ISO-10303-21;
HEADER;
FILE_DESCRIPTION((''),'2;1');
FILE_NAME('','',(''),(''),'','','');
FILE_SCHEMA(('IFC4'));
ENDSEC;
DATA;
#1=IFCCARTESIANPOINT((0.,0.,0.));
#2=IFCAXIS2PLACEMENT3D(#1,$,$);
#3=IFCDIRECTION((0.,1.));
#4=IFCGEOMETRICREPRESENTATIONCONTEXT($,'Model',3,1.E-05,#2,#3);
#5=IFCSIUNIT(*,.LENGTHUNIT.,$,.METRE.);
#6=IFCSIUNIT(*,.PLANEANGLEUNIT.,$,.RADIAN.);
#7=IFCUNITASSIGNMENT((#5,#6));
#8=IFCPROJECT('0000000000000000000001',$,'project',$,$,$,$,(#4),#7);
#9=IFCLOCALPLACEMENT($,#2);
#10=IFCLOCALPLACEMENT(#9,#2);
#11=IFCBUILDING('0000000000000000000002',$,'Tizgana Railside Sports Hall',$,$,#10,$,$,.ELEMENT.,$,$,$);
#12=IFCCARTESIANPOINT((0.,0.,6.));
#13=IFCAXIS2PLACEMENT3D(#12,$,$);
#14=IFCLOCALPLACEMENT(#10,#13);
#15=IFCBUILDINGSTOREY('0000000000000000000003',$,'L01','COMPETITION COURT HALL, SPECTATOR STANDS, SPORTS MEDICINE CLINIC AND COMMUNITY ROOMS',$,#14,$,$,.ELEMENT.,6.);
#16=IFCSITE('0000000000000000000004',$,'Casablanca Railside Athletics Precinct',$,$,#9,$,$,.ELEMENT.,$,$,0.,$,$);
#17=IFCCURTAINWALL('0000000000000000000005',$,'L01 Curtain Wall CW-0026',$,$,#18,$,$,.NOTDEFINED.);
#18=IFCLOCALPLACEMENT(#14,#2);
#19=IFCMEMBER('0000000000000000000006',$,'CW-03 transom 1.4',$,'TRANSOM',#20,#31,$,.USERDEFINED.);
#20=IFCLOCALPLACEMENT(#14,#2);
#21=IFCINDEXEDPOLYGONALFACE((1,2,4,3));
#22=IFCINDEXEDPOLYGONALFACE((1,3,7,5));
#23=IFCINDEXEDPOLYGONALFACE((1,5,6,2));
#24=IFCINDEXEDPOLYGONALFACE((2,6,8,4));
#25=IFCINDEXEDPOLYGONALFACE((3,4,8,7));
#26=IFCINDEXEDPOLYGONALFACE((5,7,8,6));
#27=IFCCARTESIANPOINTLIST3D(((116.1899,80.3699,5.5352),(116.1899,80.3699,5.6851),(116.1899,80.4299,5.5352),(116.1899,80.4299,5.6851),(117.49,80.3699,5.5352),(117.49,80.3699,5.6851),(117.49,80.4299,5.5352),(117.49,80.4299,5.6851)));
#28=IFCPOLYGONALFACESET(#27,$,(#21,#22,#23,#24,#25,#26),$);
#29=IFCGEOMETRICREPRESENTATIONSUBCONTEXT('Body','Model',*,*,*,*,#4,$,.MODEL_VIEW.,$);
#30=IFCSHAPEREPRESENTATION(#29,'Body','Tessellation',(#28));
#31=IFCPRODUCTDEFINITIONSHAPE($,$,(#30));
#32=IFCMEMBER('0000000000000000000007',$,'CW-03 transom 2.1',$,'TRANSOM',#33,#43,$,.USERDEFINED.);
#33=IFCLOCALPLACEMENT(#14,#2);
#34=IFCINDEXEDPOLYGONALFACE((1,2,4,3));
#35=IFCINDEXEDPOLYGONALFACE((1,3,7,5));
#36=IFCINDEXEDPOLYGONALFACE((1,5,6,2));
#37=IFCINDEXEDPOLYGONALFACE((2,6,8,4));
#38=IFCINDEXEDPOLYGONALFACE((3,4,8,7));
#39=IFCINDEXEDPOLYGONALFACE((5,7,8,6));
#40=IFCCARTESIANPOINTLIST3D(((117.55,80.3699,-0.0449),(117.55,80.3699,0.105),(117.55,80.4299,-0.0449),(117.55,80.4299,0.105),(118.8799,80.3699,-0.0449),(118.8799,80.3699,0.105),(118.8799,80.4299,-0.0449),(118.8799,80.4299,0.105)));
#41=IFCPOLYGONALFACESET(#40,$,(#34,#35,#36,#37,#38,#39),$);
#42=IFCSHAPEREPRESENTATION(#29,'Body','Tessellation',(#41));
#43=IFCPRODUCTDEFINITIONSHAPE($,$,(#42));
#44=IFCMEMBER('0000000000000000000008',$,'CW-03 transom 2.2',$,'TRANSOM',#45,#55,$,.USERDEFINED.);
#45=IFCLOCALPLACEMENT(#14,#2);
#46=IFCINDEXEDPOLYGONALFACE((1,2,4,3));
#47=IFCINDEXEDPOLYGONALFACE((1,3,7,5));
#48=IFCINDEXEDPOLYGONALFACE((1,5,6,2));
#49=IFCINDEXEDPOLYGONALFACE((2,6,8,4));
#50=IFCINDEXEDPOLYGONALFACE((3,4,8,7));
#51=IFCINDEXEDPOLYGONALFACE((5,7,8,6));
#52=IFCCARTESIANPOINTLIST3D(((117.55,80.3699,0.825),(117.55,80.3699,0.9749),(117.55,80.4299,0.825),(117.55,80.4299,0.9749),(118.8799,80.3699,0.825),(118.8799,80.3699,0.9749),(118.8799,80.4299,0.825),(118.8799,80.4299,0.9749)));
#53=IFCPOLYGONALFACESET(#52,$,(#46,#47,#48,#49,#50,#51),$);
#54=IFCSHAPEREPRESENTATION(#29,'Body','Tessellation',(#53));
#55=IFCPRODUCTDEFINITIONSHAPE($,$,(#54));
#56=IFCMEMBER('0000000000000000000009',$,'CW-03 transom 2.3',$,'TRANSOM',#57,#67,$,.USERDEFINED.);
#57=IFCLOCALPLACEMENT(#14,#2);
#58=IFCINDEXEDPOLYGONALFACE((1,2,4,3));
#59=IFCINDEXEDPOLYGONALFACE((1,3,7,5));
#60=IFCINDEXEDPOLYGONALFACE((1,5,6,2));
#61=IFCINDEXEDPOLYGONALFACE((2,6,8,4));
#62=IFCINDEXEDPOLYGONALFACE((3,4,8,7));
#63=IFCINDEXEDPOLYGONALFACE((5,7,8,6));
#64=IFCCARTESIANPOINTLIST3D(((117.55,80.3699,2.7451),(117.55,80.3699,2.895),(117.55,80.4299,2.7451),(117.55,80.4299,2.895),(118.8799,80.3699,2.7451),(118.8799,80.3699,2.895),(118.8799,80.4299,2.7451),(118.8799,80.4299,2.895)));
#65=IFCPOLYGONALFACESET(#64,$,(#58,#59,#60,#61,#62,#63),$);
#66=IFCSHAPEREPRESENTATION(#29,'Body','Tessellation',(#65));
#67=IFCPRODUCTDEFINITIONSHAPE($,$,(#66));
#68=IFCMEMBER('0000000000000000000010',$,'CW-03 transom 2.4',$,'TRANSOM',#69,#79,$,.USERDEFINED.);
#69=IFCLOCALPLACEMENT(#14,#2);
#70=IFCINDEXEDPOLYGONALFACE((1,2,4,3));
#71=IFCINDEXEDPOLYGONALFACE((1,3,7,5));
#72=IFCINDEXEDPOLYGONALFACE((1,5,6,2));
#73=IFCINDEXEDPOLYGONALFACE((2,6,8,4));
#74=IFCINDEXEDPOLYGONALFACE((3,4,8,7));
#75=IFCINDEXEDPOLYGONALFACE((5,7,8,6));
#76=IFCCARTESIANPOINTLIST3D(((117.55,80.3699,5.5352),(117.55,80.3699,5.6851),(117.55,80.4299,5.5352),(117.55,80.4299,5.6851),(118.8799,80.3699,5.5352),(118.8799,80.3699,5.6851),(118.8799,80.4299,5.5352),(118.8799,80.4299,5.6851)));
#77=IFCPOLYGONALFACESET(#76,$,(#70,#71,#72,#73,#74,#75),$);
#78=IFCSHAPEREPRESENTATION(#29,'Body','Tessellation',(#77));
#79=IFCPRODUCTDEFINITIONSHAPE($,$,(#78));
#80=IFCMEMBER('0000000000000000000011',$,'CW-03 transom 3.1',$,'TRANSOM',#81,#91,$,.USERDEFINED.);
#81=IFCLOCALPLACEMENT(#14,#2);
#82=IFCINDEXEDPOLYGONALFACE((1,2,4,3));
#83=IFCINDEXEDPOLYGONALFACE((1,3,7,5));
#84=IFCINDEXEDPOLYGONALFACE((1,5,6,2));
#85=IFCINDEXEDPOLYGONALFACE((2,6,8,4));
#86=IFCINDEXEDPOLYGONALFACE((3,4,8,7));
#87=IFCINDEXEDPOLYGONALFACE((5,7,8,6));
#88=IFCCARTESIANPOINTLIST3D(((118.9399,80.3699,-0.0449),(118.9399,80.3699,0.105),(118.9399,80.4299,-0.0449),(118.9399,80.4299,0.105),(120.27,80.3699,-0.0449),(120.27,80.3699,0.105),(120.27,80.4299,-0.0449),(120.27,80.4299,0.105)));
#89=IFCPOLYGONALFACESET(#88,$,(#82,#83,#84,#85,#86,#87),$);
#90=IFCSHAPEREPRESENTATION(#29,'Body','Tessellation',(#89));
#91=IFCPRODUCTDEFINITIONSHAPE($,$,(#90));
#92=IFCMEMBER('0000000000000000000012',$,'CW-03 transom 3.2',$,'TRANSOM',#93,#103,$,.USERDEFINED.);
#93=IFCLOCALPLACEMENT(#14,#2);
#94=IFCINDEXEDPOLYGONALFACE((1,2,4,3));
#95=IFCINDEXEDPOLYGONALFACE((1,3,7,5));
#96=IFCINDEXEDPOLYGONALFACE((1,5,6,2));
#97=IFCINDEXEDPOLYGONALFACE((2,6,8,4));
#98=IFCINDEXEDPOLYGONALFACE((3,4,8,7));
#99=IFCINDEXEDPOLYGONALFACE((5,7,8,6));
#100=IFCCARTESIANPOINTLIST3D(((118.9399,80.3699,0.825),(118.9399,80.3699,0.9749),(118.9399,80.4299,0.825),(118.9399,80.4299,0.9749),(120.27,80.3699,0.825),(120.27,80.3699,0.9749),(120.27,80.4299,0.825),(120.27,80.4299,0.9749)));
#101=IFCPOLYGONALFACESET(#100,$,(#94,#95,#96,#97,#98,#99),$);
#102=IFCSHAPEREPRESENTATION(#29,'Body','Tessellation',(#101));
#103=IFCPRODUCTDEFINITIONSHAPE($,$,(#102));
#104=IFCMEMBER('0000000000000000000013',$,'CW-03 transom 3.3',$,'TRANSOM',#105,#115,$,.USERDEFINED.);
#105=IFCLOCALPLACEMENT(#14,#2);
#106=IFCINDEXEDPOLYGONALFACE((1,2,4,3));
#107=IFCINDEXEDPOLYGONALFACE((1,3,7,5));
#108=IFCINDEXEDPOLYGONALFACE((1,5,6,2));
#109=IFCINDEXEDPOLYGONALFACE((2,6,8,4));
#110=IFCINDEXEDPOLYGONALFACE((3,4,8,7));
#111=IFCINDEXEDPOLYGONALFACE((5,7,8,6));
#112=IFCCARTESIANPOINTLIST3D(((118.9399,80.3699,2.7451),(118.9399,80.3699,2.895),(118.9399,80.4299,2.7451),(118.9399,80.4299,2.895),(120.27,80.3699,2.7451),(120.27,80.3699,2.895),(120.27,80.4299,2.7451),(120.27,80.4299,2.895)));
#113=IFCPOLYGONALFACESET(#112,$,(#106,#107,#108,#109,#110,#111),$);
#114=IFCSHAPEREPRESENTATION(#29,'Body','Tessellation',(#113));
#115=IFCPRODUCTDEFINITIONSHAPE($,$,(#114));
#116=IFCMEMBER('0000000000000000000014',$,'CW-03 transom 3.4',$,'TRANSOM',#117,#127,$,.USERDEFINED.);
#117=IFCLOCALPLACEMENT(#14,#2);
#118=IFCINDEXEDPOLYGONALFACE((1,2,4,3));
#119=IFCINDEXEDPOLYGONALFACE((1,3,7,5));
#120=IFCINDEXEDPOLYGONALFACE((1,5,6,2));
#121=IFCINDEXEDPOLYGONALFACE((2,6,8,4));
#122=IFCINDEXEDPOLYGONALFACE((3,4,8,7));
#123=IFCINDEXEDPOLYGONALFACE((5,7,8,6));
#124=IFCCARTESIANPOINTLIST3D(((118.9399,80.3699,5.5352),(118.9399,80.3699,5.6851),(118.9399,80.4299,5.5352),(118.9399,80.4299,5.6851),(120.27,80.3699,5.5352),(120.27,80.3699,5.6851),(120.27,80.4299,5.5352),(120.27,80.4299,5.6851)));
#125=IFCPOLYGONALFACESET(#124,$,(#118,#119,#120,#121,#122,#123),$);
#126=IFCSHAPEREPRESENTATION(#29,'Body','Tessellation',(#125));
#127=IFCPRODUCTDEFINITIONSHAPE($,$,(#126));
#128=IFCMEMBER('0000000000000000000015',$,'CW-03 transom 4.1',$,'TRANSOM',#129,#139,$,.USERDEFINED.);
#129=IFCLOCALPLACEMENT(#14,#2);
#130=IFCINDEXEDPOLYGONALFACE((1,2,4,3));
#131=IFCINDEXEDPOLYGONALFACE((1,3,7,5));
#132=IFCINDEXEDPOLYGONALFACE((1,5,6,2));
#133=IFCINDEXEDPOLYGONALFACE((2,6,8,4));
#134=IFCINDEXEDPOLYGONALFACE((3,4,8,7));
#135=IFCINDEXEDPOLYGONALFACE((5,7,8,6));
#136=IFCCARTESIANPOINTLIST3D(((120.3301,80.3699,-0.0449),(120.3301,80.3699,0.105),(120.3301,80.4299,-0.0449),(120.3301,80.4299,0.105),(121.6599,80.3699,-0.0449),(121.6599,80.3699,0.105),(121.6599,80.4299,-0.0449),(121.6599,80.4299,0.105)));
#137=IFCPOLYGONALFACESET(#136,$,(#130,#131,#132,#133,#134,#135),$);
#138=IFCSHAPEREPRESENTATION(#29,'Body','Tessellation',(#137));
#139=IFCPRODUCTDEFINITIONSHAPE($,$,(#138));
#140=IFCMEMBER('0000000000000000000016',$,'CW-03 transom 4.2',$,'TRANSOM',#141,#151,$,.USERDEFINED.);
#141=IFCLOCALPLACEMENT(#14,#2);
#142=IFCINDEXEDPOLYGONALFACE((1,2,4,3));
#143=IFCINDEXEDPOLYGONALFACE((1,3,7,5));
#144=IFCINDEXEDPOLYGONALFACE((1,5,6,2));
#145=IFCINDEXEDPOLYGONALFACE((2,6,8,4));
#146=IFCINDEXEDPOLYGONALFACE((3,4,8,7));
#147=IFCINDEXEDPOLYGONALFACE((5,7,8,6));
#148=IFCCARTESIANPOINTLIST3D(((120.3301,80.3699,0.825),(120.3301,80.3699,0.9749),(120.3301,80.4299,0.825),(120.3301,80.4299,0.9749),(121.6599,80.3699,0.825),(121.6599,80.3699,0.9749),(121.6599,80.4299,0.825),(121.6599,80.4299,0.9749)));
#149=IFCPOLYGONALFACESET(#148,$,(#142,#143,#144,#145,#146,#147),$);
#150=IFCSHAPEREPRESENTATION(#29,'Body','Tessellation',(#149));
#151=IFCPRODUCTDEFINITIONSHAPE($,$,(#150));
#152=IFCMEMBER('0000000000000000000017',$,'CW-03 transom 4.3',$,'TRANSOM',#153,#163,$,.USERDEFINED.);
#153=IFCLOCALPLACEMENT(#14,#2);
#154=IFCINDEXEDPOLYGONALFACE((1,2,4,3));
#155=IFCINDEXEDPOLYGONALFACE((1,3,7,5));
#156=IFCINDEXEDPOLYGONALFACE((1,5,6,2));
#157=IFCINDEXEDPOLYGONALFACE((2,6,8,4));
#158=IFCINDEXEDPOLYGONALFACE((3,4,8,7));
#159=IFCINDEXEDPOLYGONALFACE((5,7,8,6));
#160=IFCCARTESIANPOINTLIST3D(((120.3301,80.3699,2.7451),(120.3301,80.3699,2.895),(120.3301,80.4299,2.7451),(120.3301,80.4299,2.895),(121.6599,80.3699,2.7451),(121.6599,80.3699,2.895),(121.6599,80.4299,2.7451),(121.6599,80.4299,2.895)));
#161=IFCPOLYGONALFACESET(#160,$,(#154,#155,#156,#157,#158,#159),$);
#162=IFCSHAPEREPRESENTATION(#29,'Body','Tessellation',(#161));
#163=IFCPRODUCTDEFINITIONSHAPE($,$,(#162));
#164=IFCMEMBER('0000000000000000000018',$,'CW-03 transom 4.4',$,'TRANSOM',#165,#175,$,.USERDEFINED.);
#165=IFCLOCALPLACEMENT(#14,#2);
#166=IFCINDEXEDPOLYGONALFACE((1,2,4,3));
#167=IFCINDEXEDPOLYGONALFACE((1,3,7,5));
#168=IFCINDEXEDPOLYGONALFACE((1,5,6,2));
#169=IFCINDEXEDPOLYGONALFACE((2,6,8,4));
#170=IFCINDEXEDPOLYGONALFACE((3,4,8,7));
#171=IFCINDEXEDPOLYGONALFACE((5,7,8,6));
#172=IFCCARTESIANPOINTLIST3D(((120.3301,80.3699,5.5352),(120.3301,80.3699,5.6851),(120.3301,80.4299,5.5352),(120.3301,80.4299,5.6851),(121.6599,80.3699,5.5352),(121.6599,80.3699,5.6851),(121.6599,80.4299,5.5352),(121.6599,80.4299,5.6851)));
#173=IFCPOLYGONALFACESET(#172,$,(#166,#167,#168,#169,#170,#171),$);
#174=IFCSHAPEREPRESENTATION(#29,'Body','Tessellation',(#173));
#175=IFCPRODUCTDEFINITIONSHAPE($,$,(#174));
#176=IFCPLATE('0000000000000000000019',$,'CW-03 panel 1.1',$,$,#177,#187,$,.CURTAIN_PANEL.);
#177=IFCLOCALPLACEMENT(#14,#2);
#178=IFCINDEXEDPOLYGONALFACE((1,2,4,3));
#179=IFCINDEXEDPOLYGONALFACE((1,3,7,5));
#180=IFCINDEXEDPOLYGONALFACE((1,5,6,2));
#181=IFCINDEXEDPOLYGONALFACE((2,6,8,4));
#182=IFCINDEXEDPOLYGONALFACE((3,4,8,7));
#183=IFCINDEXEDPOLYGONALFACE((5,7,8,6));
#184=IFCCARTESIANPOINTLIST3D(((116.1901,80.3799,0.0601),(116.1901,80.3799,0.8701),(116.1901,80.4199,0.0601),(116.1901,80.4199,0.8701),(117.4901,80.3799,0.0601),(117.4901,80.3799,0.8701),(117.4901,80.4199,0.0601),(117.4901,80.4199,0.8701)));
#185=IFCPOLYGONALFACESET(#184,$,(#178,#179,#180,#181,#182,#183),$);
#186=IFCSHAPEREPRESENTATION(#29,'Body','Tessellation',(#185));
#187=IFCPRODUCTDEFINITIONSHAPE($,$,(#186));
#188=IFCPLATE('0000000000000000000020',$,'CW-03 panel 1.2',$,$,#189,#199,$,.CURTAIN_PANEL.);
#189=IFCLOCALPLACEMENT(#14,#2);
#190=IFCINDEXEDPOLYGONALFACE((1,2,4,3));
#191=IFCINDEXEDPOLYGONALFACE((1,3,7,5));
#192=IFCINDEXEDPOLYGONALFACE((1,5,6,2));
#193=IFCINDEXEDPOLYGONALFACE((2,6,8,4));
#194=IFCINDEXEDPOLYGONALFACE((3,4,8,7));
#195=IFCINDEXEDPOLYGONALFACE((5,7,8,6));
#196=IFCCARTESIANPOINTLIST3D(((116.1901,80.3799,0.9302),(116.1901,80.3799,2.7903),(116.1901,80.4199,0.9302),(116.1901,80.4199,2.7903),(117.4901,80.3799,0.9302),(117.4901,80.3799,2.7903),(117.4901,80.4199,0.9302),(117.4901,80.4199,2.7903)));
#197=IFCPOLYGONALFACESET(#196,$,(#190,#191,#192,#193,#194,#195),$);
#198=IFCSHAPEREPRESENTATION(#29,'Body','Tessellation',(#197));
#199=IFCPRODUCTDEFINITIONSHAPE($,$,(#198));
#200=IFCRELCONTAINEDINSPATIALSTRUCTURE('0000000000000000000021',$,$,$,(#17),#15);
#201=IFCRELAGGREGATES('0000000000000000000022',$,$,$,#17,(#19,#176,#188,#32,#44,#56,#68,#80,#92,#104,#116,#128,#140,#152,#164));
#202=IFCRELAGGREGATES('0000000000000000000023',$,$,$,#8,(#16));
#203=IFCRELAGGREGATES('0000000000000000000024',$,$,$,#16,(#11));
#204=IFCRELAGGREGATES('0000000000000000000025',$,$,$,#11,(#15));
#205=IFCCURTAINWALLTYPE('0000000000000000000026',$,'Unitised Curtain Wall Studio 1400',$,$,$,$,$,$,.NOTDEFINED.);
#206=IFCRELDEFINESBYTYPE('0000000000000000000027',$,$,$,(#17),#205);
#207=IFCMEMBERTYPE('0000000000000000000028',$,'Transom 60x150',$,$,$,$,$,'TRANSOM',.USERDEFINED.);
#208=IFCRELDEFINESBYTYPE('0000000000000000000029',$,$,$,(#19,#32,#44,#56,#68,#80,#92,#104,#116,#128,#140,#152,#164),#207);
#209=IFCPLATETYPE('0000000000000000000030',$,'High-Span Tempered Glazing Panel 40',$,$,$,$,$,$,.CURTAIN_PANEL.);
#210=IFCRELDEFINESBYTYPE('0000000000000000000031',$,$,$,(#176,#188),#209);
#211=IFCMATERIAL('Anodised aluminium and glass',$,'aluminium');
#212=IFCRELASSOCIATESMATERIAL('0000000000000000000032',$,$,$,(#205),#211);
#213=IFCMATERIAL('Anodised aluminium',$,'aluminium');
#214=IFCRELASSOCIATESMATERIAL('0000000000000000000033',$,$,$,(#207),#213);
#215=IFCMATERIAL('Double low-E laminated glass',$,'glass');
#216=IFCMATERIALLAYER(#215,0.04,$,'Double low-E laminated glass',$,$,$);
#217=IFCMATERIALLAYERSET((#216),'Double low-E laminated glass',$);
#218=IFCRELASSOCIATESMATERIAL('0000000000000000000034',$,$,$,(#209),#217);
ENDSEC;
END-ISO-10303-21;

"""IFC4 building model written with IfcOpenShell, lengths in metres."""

from ifc_helpers import new_model, si_unit, direction, frame, origin, origin_2d, place, context, subcontext, project, spatial, rectangle, extrude, material, layer, layer_set, material_profile, profile_set, type_object, element, aggregate, save


model = new_model("IFC4")

# Units and contexts
model_context = context("Model", 3, precision=1e-05, world=origin(), true_north=direction((0.0, 1.0)))
body_context = subcontext(model_context, "Body", "Model", "MODEL_VIEW")
ifc_project = project(units=[si_unit("LENGTHUNIT", "METRE"), si_unit("PLANEANGLEUNIT", "RADIAN")], contexts=[model_context])

# Site, building, storey
site_placement = place(None, origin())
site = spatial("IfcSite", under=ifc_project, at=site_placement, Name="Casablanca Railside Athletics Precinct", CompositionType="ELEMENT", RefElevation=0.0)
building_placement = place(site_placement, origin())
building = spatial("IfcBuilding", under=site, at=building_placement, Name="Tizgana Railside Sports Hall", CompositionType="ELEMENT")
storey_placement = place(building_placement, frame((0.0, 0.0, 6.0)))
storey = spatial("IfcBuildingStorey", under=building, at=storey_placement, Name="L01", Description="COMPETITION COURT HALL, SPECTATOR STANDS, SPORTS MEDICINE CLINIC AND COMMUNITY ROOMS", CompositionType="ELEMENT", Elevation=6.0)

# Curtain wall
ifc_material_1 = material(Name="Anodised aluminium and glass", Category="aluminium")
curtain_wall_type = type_object("IfcCurtainWallType", Name="Unitised Curtain Wall Studio 1400", PredefinedType="NOTDEFINED", material=ifc_material_1)
curtain_wall_placement = place(storey_placement, origin())
curtain_wall = element("IfcCurtainWall", 1, at=curtain_wall_placement, inside=storey, type_object=curtain_wall_type, Name="L01 Curtain Wall CW-0026", PredefinedType="NOTDEFINED")
ifc_material_2 = material(Name="Anodised aluminium", Category="aluminium")

# Members
ifc_material_profile_1 = material_profile(ifc_material_2, rectangle(XDim=0.0601, YDim=0.1499, at=origin_2d()), Name="Transom 60x150")
ifc_profile_set_1 = profile_set([ifc_material_profile_1], Name="Anodised aluminium")
member_type_1 = type_object("IfcMemberType", Name="Transom 60x150", ElementType="TRANSOM", PredefinedType="USERDEFINED", material=ifc_profile_set_1)
member_1_placement = place(storey_placement, frame((116.1899, 80.3999, 5.6101), z_axis=(1.0, 0.0, 0.0), x_axis=(0.0, 1.0, 0.0)))
member_1 = element("IfcMember", 2, at=member_1_placement, type_object=member_type_1, Name="CW-03 transom 1.4", ObjectType="TRANSOM", PredefinedType="USERDEFINED", context=body_context, shape_type="SweptSolid", body=[
    extrude(rectangle(XDim=0.0601, YDim=0.1499, at=origin_2d()), origin(), (0.0, 0.0, 1.0), 1.3),
])
member_2_placement = place(storey_placement, frame((117.55, 80.3999, 0.03), z_axis=(1.0, 0.0, 0.0), x_axis=(0.0, 1.0, 0.0)))
member_2 = element("IfcMember", 3, at=member_2_placement, type_object=member_type_1, Name="CW-03 transom 2.1", ObjectType="TRANSOM", PredefinedType="USERDEFINED", context=body_context, shape_type="SweptSolid", body=[
    extrude(rectangle(XDim=0.0601, YDim=0.1499, at=origin_2d()), origin(), (0.0, 0.0, 1.0), 1.3298),
])
member_3_placement = place(storey_placement, frame((117.55, 80.3999, 0.8999), z_axis=(1.0, 0.0, 0.0), x_axis=(0.0, 1.0, 0.0)))
member_3 = element("IfcMember", 4, at=member_3_placement, type_object=member_type_1, Name="CW-03 transom 2.2", ObjectType="TRANSOM", PredefinedType="USERDEFINED", context=body_context, shape_type="SweptSolid", body=[
    extrude(rectangle(XDim=0.0601, YDim=0.1499, at=origin_2d()), origin(), (0.0, 0.0, 1.0), 1.3298),
])
member_4_placement = place(storey_placement, frame((117.55, 80.3999, 2.8201), z_axis=(1.0, 0.0, 0.0), x_axis=(0.0, 1.0, 0.0)))
member_4 = element("IfcMember", 5, at=member_4_placement, type_object=member_type_1, Name="CW-03 transom 2.3", ObjectType="TRANSOM", PredefinedType="USERDEFINED", context=body_context, shape_type="SweptSolid", body=[
    extrude(rectangle(XDim=0.0601, YDim=0.1499, at=origin_2d()), origin(), (0.0, 0.0, 1.0), 1.3298),
])
member_5_placement = place(storey_placement, frame((117.55, 80.3999, 5.6101), z_axis=(1.0, 0.0, 0.0), x_axis=(0.0, 1.0, 0.0)))
member_5 = element("IfcMember", 6, at=member_5_placement, type_object=member_type_1, Name="CW-03 transom 2.4", ObjectType="TRANSOM", PredefinedType="USERDEFINED", context=body_context, shape_type="SweptSolid", body=[
    extrude(rectangle(XDim=0.0601, YDim=0.1499, at=origin_2d()), origin(), (0.0, 0.0, 1.0), 1.3298),
])
member_6_placement = place(storey_placement, frame((118.9399, 80.3999, 0.03), z_axis=(1.0, 0.0, 0.0), x_axis=(0.0, 1.0, 0.0)))
member_6 = element("IfcMember", 7, at=member_6_placement, type_object=member_type_1, Name="CW-03 transom 3.1", ObjectType="TRANSOM", PredefinedType="USERDEFINED", context=body_context, shape_type="SweptSolid", body=[
    extrude(rectangle(XDim=0.0601, YDim=0.1499, at=origin_2d()), origin(), (0.0, 0.0, 1.0), 1.3301),
])
member_7_placement = place(storey_placement, frame((118.9399, 80.3999, 0.8999), z_axis=(1.0, 0.0, 0.0), x_axis=(0.0, 1.0, 0.0)))
member_7 = element("IfcMember", 8, at=member_7_placement, type_object=member_type_1, Name="CW-03 transom 3.2", ObjectType="TRANSOM", PredefinedType="USERDEFINED", context=body_context, shape_type="SweptSolid", body=[
    extrude(rectangle(XDim=0.0601, YDim=0.1499, at=origin_2d()), origin(), (0.0, 0.0, 1.0), 1.3301),
])
member_8_placement = place(storey_placement, frame((118.9399, 80.3999, 2.8201), z_axis=(1.0, 0.0, 0.0), x_axis=(0.0, 1.0, 0.0)))
member_8 = element("IfcMember", 9, at=member_8_placement, type_object=member_type_1, Name="CW-03 transom 3.3", ObjectType="TRANSOM", PredefinedType="USERDEFINED", context=body_context, shape_type="SweptSolid", body=[
    extrude(rectangle(XDim=0.0601, YDim=0.1499, at=origin_2d()), origin(), (0.0, 0.0, 1.0), 1.3301),
])
member_9_placement = place(storey_placement, frame((118.9399, 80.3999, 5.6101), z_axis=(1.0, 0.0, 0.0), x_axis=(0.0, 1.0, 0.0)))
member_9 = element("IfcMember", 10, at=member_9_placement, type_object=member_type_1, Name="CW-03 transom 3.4", ObjectType="TRANSOM", PredefinedType="USERDEFINED", context=body_context, shape_type="SweptSolid", body=[
    extrude(rectangle(XDim=0.0601, YDim=0.1499, at=origin_2d()), origin(), (0.0, 0.0, 1.0), 1.3301),
])
member_10_placement = place(storey_placement, frame((120.3301, 80.3999, 0.03), z_axis=(1.0, 0.0, 0.0), x_axis=(0.0, 1.0, 0.0)))
member_10 = element("IfcMember", 11, at=member_10_placement, type_object=member_type_1, Name="CW-03 transom 4.1", ObjectType="TRANSOM", PredefinedType="USERDEFINED", context=body_context, shape_type="SweptSolid", body=[
    extrude(rectangle(XDim=0.0601, YDim=0.1499, at=origin_2d()), origin(), (0.0, 0.0, 1.0), 1.3298),
])
member_11_placement = place(storey_placement, frame((120.3301, 80.3999, 0.8999), z_axis=(1.0, 0.0, 0.0), x_axis=(0.0, 1.0, 0.0)))
member_11 = element("IfcMember", 12, at=member_11_placement, type_object=member_type_1, Name="CW-03 transom 4.2", ObjectType="TRANSOM", PredefinedType="USERDEFINED", context=body_context, shape_type="SweptSolid", body=[
    extrude(rectangle(XDim=0.0601, YDim=0.1499, at=origin_2d()), origin(), (0.0, 0.0, 1.0), 1.3298),
])
member_12_placement = place(storey_placement, frame((120.3301, 80.3999, 2.8201), z_axis=(1.0, 0.0, 0.0), x_axis=(0.0, 1.0, 0.0)))
member_12 = element("IfcMember", 13, at=member_12_placement, type_object=member_type_1, Name="CW-03 transom 4.3", ObjectType="TRANSOM", PredefinedType="USERDEFINED", context=body_context, shape_type="SweptSolid", body=[
    extrude(rectangle(XDim=0.0601, YDim=0.1499, at=origin_2d()), origin(), (0.0, 0.0, 1.0), 1.3298),
])
member_13_placement = place(storey_placement, frame((120.3301, 80.3999, 5.6101), z_axis=(1.0, 0.0, 0.0), x_axis=(0.0, 1.0, 0.0)))
member_13 = element("IfcMember", 14, at=member_13_placement, type_object=member_type_1, Name="CW-03 transom 4.4", ObjectType="TRANSOM", PredefinedType="USERDEFINED", context=body_context, shape_type="SweptSolid", body=[
    extrude(rectangle(XDim=0.0601, YDim=0.1499, at=origin_2d()), origin(), (0.0, 0.0, 1.0), 1.3298),
])

# Plates
ifc_material_3 = material(Name="Double low-E laminated glass", Category="glass")
ifc_layer = layer(ifc_material_3, 0.04, Name="Double low-E laminated glass")
ifc_layer_set = layer_set([ifc_layer], Name="Double low-E laminated glass")
plate_type = type_object("IfcPlateType", Name="High-Span Tempered Glazing Panel 40", PredefinedType="CURTAIN_PANEL", material=ifc_layer_set)
plate_1_placement = place(storey_placement, frame((116.8401, 80.3999, 0.0601), z_axis=(0.0, 0.0, 1.0), x_axis=(1.0, 0.0, 0.0)))
plate_1 = element("IfcPlate", 15, at=plate_1_placement, type_object=plate_type, Name="CW-03 panel 1.1", PredefinedType="CURTAIN_PANEL", context=body_context, shape_type="SweptSolid", body=[
    extrude(rectangle(XDim=1.3, YDim=0.04, at=origin_2d()), origin(), (0.0, 0.0, 1.0), 0.8101),
])
plate_2_placement = place(storey_placement, frame((116.8401, 80.3999, 0.9302), z_axis=(0.0, 0.0, 1.0), x_axis=(1.0, 0.0, 0.0)))
plate_2 = element("IfcPlate", 16, at=plate_2_placement, type_object=plate_type, Name="CW-03 panel 1.2", PredefinedType="CURTAIN_PANEL", context=body_context, shape_type="SweptSolid", body=[
    extrude(rectangle(XDim=1.3, YDim=0.04, at=origin_2d()), origin(), (0.0, 0.0, 1.0), 1.8601),
])
aggregate(curtain_wall, [member_1, plate_1, plate_2, member_2, member_3, member_4, member_5, member_6, member_7, member_8, member_9, member_10, member_11, member_12, member_13])

save(model, "model.ifc")
